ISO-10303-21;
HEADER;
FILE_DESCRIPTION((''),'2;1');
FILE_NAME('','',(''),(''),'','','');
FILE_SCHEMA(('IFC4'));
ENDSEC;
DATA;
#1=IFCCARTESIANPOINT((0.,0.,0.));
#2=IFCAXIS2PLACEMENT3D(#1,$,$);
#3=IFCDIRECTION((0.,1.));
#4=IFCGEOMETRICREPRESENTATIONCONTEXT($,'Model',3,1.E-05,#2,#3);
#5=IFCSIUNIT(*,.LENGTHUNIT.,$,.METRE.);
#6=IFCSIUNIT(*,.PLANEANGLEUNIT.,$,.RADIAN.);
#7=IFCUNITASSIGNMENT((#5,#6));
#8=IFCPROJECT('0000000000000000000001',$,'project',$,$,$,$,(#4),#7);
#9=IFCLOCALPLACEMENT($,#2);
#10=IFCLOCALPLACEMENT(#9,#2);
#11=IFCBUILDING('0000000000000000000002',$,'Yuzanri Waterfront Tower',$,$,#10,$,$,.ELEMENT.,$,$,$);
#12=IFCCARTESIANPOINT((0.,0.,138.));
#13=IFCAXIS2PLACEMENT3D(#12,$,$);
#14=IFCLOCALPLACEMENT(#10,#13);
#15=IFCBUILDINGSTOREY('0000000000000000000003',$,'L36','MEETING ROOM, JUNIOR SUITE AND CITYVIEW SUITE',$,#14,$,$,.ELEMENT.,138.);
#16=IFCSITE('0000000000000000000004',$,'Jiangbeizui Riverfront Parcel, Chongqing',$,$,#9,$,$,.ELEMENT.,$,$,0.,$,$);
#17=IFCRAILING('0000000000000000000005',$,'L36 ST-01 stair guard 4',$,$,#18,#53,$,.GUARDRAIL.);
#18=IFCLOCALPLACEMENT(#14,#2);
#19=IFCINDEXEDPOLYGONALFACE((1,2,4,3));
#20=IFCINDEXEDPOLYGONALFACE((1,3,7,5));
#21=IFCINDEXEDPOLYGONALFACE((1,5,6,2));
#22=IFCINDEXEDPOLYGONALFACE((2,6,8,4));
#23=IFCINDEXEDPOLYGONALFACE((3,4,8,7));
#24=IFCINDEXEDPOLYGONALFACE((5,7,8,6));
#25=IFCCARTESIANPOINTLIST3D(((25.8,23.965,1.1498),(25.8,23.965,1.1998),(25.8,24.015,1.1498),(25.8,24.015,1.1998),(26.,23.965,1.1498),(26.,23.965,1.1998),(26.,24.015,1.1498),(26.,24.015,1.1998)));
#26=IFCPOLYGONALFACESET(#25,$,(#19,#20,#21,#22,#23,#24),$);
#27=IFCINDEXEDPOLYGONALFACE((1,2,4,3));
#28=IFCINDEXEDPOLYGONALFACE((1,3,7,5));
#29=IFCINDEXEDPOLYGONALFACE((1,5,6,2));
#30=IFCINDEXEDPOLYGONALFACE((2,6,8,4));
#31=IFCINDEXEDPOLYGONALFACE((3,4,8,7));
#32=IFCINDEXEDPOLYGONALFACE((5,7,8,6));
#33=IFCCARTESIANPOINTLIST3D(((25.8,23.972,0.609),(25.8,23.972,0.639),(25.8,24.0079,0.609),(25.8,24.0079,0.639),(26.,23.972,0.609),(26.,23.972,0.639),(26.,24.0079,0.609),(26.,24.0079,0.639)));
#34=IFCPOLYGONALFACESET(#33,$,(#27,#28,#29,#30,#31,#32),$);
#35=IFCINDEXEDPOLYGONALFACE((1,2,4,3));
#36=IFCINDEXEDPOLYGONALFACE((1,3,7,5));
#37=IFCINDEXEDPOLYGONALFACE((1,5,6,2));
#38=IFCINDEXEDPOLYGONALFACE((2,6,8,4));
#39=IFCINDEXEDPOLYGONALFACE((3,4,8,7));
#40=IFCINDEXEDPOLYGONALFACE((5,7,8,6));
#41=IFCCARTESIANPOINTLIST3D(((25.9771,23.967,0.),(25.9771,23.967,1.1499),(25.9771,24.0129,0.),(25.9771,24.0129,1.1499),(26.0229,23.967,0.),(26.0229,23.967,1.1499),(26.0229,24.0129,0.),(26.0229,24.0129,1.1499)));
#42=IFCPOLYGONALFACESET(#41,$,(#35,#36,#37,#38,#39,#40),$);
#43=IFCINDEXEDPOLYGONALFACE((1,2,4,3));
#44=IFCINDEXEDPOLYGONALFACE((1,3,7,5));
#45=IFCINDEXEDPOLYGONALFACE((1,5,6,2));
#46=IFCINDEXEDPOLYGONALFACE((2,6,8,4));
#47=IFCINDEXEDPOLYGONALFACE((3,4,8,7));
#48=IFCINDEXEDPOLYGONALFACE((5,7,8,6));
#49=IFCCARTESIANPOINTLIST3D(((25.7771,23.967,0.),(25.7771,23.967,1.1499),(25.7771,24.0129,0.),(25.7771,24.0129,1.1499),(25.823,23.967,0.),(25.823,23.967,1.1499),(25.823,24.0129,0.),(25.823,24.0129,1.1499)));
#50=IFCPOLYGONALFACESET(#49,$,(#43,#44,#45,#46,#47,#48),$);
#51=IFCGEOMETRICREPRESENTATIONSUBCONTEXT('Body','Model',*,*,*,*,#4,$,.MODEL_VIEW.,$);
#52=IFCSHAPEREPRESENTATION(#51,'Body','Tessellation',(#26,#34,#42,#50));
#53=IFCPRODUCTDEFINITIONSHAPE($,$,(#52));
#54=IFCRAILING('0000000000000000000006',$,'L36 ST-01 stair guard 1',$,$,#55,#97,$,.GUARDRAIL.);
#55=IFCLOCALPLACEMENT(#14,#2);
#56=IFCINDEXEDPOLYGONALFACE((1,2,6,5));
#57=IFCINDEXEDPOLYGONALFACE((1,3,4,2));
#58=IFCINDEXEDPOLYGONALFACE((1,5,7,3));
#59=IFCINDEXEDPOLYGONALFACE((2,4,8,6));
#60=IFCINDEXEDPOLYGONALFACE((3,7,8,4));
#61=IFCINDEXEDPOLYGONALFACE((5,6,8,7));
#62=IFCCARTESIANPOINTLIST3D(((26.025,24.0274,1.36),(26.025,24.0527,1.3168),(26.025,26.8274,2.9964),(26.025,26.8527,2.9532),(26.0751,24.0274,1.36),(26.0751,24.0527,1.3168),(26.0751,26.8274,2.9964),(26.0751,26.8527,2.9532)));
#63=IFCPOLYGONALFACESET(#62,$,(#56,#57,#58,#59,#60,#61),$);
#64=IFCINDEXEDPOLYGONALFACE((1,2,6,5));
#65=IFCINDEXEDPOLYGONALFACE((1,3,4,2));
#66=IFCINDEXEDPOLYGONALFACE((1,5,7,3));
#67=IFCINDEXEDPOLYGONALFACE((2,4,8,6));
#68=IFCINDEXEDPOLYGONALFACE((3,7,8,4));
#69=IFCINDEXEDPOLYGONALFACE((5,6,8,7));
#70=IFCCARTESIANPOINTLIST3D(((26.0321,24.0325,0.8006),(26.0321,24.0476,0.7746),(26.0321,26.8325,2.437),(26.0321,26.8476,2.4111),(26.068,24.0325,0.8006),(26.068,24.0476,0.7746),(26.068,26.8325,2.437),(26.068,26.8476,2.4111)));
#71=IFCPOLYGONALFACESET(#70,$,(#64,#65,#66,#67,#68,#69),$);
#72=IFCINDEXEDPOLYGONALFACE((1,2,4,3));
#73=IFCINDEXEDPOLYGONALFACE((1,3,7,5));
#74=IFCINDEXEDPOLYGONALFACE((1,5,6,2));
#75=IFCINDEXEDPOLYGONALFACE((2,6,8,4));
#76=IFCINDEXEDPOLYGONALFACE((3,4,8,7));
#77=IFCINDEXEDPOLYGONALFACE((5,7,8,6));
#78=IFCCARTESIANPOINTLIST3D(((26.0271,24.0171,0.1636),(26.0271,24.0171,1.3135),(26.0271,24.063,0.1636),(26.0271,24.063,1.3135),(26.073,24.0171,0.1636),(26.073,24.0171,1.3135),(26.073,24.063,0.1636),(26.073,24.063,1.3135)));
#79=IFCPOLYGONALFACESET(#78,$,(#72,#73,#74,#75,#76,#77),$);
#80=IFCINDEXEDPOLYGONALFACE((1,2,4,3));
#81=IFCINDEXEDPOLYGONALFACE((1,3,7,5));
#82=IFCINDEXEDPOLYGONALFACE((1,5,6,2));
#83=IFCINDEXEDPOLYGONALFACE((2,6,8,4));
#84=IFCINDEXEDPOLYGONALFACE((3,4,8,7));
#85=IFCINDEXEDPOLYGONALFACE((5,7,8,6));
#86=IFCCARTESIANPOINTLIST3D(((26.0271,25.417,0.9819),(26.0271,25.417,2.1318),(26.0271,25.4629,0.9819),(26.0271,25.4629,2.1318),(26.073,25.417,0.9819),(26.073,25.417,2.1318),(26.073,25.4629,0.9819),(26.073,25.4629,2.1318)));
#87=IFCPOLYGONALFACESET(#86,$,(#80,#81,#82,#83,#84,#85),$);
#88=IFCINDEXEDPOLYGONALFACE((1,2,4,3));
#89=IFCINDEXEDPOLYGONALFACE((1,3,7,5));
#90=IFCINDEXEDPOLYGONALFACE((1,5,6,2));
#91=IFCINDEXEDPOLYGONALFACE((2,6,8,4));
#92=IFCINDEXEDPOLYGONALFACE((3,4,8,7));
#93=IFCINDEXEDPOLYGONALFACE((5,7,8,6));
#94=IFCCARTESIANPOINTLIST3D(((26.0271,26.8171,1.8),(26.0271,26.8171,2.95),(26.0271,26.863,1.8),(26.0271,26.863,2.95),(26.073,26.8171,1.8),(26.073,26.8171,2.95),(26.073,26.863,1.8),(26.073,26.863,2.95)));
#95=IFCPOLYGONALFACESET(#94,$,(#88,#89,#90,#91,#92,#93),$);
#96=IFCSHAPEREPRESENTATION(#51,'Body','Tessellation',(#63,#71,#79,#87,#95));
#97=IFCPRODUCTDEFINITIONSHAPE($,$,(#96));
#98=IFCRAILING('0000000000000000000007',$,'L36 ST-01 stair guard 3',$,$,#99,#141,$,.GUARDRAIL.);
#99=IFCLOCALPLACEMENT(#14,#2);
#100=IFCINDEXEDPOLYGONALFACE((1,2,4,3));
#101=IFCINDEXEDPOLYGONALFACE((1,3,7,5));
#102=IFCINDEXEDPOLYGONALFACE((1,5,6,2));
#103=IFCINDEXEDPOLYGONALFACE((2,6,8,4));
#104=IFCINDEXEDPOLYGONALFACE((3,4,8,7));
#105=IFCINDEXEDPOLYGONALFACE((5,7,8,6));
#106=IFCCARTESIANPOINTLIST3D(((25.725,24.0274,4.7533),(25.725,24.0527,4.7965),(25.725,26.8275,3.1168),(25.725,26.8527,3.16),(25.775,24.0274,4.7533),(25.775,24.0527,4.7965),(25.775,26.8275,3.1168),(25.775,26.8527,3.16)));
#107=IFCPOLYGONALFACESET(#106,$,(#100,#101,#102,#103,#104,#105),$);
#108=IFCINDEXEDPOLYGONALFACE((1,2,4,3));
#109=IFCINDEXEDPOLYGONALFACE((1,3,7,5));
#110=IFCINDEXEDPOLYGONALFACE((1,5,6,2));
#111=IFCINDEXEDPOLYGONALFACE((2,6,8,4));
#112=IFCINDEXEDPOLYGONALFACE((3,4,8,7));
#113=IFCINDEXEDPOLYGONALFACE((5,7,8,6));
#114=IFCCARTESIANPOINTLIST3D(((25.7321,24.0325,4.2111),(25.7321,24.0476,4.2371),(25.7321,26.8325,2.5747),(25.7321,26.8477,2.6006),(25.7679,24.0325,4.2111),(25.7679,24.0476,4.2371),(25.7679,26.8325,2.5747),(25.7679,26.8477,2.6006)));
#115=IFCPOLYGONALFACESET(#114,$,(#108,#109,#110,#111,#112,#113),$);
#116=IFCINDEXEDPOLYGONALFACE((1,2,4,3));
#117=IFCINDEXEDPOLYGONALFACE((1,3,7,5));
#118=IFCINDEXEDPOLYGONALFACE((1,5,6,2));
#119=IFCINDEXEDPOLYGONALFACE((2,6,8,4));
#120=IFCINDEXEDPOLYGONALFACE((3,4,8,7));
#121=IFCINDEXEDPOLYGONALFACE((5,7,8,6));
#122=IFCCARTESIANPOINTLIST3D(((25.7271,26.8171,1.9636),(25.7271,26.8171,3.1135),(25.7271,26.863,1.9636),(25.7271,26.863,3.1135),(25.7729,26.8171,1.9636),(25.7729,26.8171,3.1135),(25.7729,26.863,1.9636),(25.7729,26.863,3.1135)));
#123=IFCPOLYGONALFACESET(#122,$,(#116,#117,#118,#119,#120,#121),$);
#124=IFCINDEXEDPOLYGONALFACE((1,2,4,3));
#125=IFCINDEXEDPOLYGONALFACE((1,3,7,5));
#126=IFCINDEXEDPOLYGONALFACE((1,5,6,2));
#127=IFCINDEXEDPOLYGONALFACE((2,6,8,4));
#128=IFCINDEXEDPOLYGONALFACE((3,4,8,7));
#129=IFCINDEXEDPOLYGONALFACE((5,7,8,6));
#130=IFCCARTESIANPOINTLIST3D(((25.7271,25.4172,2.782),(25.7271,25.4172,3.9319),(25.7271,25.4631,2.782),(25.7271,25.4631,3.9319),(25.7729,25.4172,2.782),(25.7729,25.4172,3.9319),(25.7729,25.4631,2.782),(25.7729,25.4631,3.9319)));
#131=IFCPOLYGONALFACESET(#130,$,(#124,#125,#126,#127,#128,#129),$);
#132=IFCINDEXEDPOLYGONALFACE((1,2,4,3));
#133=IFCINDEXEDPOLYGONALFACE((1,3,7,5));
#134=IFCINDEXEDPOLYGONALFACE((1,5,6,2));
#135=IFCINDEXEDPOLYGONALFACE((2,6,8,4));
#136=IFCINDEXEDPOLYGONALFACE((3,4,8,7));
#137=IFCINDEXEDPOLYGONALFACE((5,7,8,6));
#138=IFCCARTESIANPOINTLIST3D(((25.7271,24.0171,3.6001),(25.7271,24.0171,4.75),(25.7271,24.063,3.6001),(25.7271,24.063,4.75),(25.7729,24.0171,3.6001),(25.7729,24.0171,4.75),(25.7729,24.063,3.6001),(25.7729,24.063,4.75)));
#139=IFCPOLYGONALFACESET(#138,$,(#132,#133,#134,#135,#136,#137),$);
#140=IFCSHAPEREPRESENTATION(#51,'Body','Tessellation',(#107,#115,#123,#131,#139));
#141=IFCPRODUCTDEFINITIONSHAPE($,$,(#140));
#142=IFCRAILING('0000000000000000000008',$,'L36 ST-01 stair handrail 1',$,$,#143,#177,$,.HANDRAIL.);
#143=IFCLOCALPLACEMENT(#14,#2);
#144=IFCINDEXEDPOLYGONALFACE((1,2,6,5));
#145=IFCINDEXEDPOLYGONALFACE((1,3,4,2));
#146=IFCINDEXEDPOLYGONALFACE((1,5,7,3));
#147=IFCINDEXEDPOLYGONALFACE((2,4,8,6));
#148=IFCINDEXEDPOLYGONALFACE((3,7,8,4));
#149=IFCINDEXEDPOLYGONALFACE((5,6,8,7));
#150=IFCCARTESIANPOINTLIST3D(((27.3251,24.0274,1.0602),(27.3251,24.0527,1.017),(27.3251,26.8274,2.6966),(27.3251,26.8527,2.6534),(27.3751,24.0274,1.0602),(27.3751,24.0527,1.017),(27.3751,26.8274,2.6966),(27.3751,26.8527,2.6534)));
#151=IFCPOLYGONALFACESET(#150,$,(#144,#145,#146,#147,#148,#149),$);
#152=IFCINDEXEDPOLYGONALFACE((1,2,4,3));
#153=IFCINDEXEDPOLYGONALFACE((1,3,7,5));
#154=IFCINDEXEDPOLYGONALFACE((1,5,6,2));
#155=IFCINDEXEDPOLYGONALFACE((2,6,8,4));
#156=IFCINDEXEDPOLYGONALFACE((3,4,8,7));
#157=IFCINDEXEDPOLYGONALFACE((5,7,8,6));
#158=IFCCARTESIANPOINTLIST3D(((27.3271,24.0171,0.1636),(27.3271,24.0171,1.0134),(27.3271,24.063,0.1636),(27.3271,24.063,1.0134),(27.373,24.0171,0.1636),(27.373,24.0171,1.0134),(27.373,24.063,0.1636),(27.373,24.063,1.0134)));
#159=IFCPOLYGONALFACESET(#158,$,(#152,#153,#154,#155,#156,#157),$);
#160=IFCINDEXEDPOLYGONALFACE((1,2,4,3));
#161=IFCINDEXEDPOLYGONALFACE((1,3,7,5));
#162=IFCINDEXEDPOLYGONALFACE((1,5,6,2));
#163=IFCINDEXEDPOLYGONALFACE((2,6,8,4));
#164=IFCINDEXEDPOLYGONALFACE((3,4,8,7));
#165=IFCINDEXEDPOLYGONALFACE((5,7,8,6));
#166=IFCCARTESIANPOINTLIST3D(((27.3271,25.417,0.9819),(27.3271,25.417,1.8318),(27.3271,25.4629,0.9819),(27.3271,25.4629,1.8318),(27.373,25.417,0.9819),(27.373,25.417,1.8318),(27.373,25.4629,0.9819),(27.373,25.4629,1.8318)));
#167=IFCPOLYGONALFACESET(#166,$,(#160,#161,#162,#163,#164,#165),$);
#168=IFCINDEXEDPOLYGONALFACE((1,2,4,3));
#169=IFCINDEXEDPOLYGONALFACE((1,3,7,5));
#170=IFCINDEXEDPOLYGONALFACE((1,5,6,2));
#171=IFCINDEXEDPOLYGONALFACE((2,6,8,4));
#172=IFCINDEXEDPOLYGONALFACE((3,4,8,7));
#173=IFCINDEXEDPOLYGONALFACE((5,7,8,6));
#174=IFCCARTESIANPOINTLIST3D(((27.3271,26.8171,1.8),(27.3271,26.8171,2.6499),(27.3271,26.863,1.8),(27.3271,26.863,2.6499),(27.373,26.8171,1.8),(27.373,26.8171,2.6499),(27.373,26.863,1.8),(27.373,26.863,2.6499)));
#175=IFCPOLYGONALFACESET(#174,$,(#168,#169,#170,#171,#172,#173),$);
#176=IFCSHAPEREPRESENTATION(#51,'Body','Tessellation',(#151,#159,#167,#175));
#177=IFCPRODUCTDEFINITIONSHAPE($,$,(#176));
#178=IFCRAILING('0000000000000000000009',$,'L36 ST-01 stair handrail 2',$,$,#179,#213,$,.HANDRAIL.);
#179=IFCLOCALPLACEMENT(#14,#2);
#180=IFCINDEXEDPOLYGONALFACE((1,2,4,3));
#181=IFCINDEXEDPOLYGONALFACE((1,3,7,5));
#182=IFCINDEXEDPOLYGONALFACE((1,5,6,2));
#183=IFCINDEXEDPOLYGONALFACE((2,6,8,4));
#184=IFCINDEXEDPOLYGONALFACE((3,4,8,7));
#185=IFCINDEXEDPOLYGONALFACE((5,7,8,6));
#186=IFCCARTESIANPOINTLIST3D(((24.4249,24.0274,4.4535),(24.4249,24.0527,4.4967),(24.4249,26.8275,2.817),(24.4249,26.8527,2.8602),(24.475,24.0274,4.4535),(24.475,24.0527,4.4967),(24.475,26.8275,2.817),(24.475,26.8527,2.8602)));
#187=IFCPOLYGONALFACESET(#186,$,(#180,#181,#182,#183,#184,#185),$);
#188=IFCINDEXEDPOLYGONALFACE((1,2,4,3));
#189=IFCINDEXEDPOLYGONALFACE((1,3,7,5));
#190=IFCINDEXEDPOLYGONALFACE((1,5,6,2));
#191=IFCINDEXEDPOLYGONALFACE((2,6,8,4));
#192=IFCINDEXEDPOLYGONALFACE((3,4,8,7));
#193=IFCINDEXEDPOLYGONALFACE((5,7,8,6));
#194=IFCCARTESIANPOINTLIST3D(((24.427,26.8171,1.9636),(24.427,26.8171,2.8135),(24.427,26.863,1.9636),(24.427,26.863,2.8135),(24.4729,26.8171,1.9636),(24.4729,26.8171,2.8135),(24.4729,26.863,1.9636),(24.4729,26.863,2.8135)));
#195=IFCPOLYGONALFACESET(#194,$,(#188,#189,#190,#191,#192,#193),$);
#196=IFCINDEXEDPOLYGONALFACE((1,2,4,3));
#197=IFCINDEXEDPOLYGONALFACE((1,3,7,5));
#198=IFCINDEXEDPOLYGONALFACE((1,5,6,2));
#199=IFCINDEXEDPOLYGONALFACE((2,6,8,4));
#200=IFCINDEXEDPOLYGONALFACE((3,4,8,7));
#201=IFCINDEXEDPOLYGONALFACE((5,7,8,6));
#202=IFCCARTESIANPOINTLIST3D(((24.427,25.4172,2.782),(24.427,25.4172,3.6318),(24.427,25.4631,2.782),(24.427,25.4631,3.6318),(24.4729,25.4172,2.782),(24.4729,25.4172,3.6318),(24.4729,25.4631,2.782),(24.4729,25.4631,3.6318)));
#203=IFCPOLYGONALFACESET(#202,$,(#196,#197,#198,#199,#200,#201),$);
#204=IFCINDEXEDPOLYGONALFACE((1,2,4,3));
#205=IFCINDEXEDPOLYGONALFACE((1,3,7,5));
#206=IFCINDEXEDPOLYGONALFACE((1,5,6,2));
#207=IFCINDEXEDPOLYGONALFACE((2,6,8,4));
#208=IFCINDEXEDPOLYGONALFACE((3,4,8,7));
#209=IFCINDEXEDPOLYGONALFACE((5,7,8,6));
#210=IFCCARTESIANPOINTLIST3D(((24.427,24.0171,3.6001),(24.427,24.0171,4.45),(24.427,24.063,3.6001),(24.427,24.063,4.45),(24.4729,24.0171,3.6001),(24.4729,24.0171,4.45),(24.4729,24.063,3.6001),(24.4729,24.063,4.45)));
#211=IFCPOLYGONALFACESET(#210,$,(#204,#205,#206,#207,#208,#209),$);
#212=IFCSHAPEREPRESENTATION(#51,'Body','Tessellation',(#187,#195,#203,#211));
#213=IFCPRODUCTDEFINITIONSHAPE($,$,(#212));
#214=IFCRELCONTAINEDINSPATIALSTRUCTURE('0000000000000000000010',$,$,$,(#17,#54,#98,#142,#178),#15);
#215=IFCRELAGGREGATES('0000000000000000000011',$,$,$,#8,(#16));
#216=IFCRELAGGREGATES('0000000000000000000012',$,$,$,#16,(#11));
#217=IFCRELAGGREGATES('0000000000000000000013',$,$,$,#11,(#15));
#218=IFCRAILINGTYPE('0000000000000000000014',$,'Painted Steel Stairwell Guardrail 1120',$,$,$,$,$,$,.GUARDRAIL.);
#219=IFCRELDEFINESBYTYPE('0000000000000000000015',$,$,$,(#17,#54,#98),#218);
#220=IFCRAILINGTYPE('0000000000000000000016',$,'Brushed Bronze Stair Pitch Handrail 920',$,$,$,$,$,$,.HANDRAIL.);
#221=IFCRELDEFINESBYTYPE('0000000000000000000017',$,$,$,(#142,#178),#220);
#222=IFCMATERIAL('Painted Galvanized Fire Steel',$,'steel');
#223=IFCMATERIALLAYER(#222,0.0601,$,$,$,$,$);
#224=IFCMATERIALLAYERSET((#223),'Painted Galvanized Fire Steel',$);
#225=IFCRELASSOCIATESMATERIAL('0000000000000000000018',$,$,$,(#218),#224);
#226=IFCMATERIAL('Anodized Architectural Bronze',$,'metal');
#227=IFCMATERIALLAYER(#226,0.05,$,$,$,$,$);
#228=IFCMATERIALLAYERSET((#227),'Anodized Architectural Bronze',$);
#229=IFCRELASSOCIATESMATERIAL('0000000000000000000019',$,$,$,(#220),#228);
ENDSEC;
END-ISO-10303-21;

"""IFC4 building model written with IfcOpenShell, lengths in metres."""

from ifc_helpers import new_model, si_unit, direction, frame, origin, origin_2d, place, context, subcontext, project, spatial, rectangle, extrude, source, transform, mapped, material, layer, layer_set, type_object, element, save


model = new_model("IFC4")

# Units and contexts
model_context = context("Model", 3, precision=1e-05, world=origin(), true_north=direction((0.0, 1.0)))
body_context = subcontext(model_context, "Body", "Model", "MODEL_VIEW")
ifc_project = project(units=[si_unit("LENGTHUNIT", "METRE"), si_unit("PLANEANGLEUNIT", "RADIAN")], contexts=[model_context])

# Site, building, storey
site_placement = place(None, origin())
site = spatial("IfcSite", under=ifc_project, at=site_placement, Name="Jiangbeizui Riverfront Parcel, Chongqing", CompositionType="ELEMENT", RefElevation=0.0)
building_placement = place(site_placement, origin())
building = spatial("IfcBuilding", under=site, at=building_placement, Name="Yuzanri Waterfront Tower", CompositionType="ELEMENT")
storey_placement = place(building_placement, frame((0.0, 0.0, 138.0)))
storey = spatial("IfcBuildingStorey", under=building, at=storey_placement, Name="L36", Description="MEETING ROOM, JUNIOR SUITE AND CITYVIEW SUITE", CompositionType="ELEMENT", Elevation=138.0)

# Railings
ifc_material_1 = material(Name="Painted Galvanized Fire Steel", Category="steel")
ifc_layer_1 = layer(ifc_material_1, 0.0601)
ifc_layer_set_1 = layer_set([ifc_layer_1], Name="Painted Galvanized Fire Steel")
railing_type_1 = type_object("IfcRailingType", Name="Painted Steel Stairwell Guardrail 1120", PredefinedType="GUARDRAIL", material=ifc_layer_set_1)
shared_shape_1 = source(origin(), body_context, "Body", "SweptSolid", [
    extrude(rectangle(XDim=0.05, YDim=0.05, at=origin_2d()), frame((0.0, 0.0, 1.1748), z_axis=(-1.0, 0.0, 0.0), x_axis=(0.0, -1.0, 0.0)), (0.0, 0.0, 1.0), 0.2),
    extrude(rectangle(XDim=0.0359, YDim=0.03, at=origin_2d()), frame((0.0, 0.0, 0.624), z_axis=(-1.0, 0.0, 0.0), x_axis=(0.0, -1.0, 0.0)), (0.0, 0.0, 1.0), 0.2),
    extrude(rectangle(XDim=0.0459, YDim=0.0459, at=origin_2d()), origin(), (0.0, 0.0, 1.0), 1.1499),
    extrude(rectangle(XDim=0.0459, YDim=0.0459, at=origin_2d()), frame((-0.2, 0.0, 0.0)), (0.0, 0.0, 1.0), 1.1499),
])
for number, where, name in (
    (1, (26.0, 23.99, 0.0), "L36 ST-01 stair guard 4"),
):
    element("IfcRailing", number, at=place(storey_placement, frame(where)), inside=storey, type_object=railing_type_1, Name=name, PredefinedType="GUARDRAIL", context=body_context, shape_type="MappedRepresentation", body=[
        mapped(shared_shape_1, transform((0.0, 0.0, 0.0), scale=1.0)),
    ])
shared_shape_2 = source(origin(), body_context, "Body", "SweptSolid", [
    extrude(rectangle(XDim=0.05, YDim=0.05, at=origin_2d()), frame((0.0, 0.0, 1.1748), z_axis=(0.0, 0.863361, 0.504587), x_axis=(-1.0, 0.0, 0.0)), (0.0, 0.0, 1.0), 3.2432),
    extrude(rectangle(XDim=0.0359, YDim=0.03, at=origin_2d()), frame((0.0, 0.0, 0.624), z_axis=(0.0, 0.863361, 0.504587), x_axis=(-1.0, 0.0, 0.0)), (0.0, 0.0, 1.0), 3.2432),
    extrude(rectangle(XDim=0.0459, YDim=0.0459, at=origin_2d()), origin(), (0.0, 0.0, 1.0), 1.1499),
    extrude(rectangle(XDim=0.0459, YDim=0.0459, at=origin_2d()), frame((0.0, 1.3999, 0.8184)), (0.0, 0.0, 1.0), 1.1499),
    extrude(rectangle(XDim=0.0459, YDim=0.0459, at=origin_2d()), frame((0.0, 2.8, 1.6365)), (0.0, 0.0, 1.0), 1.1499),
])
railing_1_placement = place(storey_placement, frame((26.05, 24.04, 0.1636)))
element("IfcRailing", 2, at=railing_1_placement, inside=storey, type_object=railing_type_1, Name="L36 ST-01 stair guard 1", PredefinedType="GUARDRAIL", context=body_context, shape_type="MappedRepresentation", body=[
    mapped(shared_shape_2, transform((0.0, 0.0, 0.0), scale=1.0)),
])
shared_shape_3 = source(origin(), body_context, "Body", "SweptSolid", [
    extrude(rectangle(XDim=0.05, YDim=0.05, at=origin_2d()), frame((0.0, 0.0, 1.1748), z_axis=(0.0, -0.863361, 0.504587), x_axis=(1.0, 0.0, 0.0)), (0.0, 0.0, 1.0), 3.2432),
    extrude(rectangle(XDim=0.0359, YDim=0.03, at=origin_2d()), frame((0.0, 0.0, 0.624), z_axis=(0.0, -0.863361, 0.504587), x_axis=(1.0, 0.0, 0.0)), (0.0, 0.0, 1.0), 3.2432),
    extrude(rectangle(XDim=0.0459, YDim=0.0459, at=origin_2d()), origin(), (0.0, 0.0, 1.0), 1.1499),
    extrude(rectangle(XDim=0.0459, YDim=0.0459, at=origin_2d()), frame((0.0, -1.3999, 0.8184)), (0.0, 0.0, 1.0), 1.1499),
    extrude(rectangle(XDim=0.0459, YDim=0.0459, at=origin_2d()), frame((0.0, -2.8, 1.6365)), (0.0, 0.0, 1.0), 1.1499),
])
railing_2_placement = place(storey_placement, frame((25.75, 26.8401, 1.9636)))
element("IfcRailing", 3, at=railing_2_placement, inside=storey, type_object=railing_type_1, Name="L36 ST-01 stair guard 3", PredefinedType="GUARDRAIL", context=body_context, shape_type="MappedRepresentation", body=[
    mapped(shared_shape_3, transform((0.0, 0.0, 0.0), scale=1.0)),
])
ifc_material_2 = material(Name="Anodized Architectural Bronze", Category="metal")
ifc_layer_2 = layer(ifc_material_2, 0.05)
ifc_layer_set_2 = layer_set([ifc_layer_2], Name="Anodized Architectural Bronze")
railing_type_2 = type_object("IfcRailingType", Name="Brushed Bronze Stair Pitch Handrail 920", PredefinedType="HANDRAIL", material=ifc_layer_set_2)
shared_shape_4 = source(origin(), body_context, "Body", "SweptSolid", [
    extrude(rectangle(XDim=0.05, YDim=0.05, at=origin_2d()), frame((0.0, 0.0, 0.875), z_axis=(0.0, 0.863361, 0.504587), x_axis=(-1.0, 0.0, 0.0)), (0.0, 0.0, 1.0), 3.2432),
    extrude(rectangle(XDim=0.0459, YDim=0.0459, at=origin_2d()), origin(), (0.0, 0.0, 1.0), 0.8499),
    extrude(rectangle(XDim=0.0459, YDim=0.0459, at=origin_2d()), frame((0.0, 1.3999, 0.8184)), (0.0, 0.0, 1.0), 0.8499),
    extrude(rectangle(XDim=0.0459, YDim=0.0459, at=origin_2d()), frame((0.0, 2.8, 1.6365)), (0.0, 0.0, 1.0), 0.8499),
])
railing_3_placement = place(storey_placement, frame((27.3501, 24.04, 0.1636)))
element("IfcRailing", 4, at=railing_3_placement, inside=storey, type_object=railing_type_2, Name="L36 ST-01 stair handrail 1", PredefinedType="HANDRAIL", context=body_context, shape_type="MappedRepresentation", body=[
    mapped(shared_shape_4, transform((0.0, 0.0, 0.0), scale=1.0)),
])
shared_shape_5 = source(origin(), body_context, "Body", "SweptSolid", [
    extrude(rectangle(XDim=0.05, YDim=0.05, at=origin_2d()), frame((0.0, 0.0, 0.875), z_axis=(0.0, -0.863361, 0.504587), x_axis=(1.0, 0.0, 0.0)), (0.0, 0.0, 1.0), 3.2432),
    extrude(rectangle(XDim=0.0459, YDim=0.0459, at=origin_2d()), origin(), (0.0, 0.0, 1.0), 0.8499),
    extrude(rectangle(XDim=0.0459, YDim=0.0459, at=origin_2d()), frame((0.0, -1.3999, 0.8184)), (0.0, 0.0, 1.0), 0.8499),
    extrude(rectangle(XDim=0.0459, YDim=0.0459, at=origin_2d()), frame((0.0, -2.8, 1.6365)), (0.0, 0.0, 1.0), 0.8499),
])
railing_4_placement = place(storey_placement, frame((24.45, 26.8401, 1.9636)))
element("IfcRailing", 5, at=railing_4_placement, inside=storey, type_object=railing_type_2, Name="L36 ST-01 stair handrail 2", PredefinedType="HANDRAIL", context=body_context, shape_type="MappedRepresentation", body=[
    mapped(shared_shape_5, transform((0.0, 0.0, 0.0), scale=1.0)),
])

save(model, "model.ifc")
